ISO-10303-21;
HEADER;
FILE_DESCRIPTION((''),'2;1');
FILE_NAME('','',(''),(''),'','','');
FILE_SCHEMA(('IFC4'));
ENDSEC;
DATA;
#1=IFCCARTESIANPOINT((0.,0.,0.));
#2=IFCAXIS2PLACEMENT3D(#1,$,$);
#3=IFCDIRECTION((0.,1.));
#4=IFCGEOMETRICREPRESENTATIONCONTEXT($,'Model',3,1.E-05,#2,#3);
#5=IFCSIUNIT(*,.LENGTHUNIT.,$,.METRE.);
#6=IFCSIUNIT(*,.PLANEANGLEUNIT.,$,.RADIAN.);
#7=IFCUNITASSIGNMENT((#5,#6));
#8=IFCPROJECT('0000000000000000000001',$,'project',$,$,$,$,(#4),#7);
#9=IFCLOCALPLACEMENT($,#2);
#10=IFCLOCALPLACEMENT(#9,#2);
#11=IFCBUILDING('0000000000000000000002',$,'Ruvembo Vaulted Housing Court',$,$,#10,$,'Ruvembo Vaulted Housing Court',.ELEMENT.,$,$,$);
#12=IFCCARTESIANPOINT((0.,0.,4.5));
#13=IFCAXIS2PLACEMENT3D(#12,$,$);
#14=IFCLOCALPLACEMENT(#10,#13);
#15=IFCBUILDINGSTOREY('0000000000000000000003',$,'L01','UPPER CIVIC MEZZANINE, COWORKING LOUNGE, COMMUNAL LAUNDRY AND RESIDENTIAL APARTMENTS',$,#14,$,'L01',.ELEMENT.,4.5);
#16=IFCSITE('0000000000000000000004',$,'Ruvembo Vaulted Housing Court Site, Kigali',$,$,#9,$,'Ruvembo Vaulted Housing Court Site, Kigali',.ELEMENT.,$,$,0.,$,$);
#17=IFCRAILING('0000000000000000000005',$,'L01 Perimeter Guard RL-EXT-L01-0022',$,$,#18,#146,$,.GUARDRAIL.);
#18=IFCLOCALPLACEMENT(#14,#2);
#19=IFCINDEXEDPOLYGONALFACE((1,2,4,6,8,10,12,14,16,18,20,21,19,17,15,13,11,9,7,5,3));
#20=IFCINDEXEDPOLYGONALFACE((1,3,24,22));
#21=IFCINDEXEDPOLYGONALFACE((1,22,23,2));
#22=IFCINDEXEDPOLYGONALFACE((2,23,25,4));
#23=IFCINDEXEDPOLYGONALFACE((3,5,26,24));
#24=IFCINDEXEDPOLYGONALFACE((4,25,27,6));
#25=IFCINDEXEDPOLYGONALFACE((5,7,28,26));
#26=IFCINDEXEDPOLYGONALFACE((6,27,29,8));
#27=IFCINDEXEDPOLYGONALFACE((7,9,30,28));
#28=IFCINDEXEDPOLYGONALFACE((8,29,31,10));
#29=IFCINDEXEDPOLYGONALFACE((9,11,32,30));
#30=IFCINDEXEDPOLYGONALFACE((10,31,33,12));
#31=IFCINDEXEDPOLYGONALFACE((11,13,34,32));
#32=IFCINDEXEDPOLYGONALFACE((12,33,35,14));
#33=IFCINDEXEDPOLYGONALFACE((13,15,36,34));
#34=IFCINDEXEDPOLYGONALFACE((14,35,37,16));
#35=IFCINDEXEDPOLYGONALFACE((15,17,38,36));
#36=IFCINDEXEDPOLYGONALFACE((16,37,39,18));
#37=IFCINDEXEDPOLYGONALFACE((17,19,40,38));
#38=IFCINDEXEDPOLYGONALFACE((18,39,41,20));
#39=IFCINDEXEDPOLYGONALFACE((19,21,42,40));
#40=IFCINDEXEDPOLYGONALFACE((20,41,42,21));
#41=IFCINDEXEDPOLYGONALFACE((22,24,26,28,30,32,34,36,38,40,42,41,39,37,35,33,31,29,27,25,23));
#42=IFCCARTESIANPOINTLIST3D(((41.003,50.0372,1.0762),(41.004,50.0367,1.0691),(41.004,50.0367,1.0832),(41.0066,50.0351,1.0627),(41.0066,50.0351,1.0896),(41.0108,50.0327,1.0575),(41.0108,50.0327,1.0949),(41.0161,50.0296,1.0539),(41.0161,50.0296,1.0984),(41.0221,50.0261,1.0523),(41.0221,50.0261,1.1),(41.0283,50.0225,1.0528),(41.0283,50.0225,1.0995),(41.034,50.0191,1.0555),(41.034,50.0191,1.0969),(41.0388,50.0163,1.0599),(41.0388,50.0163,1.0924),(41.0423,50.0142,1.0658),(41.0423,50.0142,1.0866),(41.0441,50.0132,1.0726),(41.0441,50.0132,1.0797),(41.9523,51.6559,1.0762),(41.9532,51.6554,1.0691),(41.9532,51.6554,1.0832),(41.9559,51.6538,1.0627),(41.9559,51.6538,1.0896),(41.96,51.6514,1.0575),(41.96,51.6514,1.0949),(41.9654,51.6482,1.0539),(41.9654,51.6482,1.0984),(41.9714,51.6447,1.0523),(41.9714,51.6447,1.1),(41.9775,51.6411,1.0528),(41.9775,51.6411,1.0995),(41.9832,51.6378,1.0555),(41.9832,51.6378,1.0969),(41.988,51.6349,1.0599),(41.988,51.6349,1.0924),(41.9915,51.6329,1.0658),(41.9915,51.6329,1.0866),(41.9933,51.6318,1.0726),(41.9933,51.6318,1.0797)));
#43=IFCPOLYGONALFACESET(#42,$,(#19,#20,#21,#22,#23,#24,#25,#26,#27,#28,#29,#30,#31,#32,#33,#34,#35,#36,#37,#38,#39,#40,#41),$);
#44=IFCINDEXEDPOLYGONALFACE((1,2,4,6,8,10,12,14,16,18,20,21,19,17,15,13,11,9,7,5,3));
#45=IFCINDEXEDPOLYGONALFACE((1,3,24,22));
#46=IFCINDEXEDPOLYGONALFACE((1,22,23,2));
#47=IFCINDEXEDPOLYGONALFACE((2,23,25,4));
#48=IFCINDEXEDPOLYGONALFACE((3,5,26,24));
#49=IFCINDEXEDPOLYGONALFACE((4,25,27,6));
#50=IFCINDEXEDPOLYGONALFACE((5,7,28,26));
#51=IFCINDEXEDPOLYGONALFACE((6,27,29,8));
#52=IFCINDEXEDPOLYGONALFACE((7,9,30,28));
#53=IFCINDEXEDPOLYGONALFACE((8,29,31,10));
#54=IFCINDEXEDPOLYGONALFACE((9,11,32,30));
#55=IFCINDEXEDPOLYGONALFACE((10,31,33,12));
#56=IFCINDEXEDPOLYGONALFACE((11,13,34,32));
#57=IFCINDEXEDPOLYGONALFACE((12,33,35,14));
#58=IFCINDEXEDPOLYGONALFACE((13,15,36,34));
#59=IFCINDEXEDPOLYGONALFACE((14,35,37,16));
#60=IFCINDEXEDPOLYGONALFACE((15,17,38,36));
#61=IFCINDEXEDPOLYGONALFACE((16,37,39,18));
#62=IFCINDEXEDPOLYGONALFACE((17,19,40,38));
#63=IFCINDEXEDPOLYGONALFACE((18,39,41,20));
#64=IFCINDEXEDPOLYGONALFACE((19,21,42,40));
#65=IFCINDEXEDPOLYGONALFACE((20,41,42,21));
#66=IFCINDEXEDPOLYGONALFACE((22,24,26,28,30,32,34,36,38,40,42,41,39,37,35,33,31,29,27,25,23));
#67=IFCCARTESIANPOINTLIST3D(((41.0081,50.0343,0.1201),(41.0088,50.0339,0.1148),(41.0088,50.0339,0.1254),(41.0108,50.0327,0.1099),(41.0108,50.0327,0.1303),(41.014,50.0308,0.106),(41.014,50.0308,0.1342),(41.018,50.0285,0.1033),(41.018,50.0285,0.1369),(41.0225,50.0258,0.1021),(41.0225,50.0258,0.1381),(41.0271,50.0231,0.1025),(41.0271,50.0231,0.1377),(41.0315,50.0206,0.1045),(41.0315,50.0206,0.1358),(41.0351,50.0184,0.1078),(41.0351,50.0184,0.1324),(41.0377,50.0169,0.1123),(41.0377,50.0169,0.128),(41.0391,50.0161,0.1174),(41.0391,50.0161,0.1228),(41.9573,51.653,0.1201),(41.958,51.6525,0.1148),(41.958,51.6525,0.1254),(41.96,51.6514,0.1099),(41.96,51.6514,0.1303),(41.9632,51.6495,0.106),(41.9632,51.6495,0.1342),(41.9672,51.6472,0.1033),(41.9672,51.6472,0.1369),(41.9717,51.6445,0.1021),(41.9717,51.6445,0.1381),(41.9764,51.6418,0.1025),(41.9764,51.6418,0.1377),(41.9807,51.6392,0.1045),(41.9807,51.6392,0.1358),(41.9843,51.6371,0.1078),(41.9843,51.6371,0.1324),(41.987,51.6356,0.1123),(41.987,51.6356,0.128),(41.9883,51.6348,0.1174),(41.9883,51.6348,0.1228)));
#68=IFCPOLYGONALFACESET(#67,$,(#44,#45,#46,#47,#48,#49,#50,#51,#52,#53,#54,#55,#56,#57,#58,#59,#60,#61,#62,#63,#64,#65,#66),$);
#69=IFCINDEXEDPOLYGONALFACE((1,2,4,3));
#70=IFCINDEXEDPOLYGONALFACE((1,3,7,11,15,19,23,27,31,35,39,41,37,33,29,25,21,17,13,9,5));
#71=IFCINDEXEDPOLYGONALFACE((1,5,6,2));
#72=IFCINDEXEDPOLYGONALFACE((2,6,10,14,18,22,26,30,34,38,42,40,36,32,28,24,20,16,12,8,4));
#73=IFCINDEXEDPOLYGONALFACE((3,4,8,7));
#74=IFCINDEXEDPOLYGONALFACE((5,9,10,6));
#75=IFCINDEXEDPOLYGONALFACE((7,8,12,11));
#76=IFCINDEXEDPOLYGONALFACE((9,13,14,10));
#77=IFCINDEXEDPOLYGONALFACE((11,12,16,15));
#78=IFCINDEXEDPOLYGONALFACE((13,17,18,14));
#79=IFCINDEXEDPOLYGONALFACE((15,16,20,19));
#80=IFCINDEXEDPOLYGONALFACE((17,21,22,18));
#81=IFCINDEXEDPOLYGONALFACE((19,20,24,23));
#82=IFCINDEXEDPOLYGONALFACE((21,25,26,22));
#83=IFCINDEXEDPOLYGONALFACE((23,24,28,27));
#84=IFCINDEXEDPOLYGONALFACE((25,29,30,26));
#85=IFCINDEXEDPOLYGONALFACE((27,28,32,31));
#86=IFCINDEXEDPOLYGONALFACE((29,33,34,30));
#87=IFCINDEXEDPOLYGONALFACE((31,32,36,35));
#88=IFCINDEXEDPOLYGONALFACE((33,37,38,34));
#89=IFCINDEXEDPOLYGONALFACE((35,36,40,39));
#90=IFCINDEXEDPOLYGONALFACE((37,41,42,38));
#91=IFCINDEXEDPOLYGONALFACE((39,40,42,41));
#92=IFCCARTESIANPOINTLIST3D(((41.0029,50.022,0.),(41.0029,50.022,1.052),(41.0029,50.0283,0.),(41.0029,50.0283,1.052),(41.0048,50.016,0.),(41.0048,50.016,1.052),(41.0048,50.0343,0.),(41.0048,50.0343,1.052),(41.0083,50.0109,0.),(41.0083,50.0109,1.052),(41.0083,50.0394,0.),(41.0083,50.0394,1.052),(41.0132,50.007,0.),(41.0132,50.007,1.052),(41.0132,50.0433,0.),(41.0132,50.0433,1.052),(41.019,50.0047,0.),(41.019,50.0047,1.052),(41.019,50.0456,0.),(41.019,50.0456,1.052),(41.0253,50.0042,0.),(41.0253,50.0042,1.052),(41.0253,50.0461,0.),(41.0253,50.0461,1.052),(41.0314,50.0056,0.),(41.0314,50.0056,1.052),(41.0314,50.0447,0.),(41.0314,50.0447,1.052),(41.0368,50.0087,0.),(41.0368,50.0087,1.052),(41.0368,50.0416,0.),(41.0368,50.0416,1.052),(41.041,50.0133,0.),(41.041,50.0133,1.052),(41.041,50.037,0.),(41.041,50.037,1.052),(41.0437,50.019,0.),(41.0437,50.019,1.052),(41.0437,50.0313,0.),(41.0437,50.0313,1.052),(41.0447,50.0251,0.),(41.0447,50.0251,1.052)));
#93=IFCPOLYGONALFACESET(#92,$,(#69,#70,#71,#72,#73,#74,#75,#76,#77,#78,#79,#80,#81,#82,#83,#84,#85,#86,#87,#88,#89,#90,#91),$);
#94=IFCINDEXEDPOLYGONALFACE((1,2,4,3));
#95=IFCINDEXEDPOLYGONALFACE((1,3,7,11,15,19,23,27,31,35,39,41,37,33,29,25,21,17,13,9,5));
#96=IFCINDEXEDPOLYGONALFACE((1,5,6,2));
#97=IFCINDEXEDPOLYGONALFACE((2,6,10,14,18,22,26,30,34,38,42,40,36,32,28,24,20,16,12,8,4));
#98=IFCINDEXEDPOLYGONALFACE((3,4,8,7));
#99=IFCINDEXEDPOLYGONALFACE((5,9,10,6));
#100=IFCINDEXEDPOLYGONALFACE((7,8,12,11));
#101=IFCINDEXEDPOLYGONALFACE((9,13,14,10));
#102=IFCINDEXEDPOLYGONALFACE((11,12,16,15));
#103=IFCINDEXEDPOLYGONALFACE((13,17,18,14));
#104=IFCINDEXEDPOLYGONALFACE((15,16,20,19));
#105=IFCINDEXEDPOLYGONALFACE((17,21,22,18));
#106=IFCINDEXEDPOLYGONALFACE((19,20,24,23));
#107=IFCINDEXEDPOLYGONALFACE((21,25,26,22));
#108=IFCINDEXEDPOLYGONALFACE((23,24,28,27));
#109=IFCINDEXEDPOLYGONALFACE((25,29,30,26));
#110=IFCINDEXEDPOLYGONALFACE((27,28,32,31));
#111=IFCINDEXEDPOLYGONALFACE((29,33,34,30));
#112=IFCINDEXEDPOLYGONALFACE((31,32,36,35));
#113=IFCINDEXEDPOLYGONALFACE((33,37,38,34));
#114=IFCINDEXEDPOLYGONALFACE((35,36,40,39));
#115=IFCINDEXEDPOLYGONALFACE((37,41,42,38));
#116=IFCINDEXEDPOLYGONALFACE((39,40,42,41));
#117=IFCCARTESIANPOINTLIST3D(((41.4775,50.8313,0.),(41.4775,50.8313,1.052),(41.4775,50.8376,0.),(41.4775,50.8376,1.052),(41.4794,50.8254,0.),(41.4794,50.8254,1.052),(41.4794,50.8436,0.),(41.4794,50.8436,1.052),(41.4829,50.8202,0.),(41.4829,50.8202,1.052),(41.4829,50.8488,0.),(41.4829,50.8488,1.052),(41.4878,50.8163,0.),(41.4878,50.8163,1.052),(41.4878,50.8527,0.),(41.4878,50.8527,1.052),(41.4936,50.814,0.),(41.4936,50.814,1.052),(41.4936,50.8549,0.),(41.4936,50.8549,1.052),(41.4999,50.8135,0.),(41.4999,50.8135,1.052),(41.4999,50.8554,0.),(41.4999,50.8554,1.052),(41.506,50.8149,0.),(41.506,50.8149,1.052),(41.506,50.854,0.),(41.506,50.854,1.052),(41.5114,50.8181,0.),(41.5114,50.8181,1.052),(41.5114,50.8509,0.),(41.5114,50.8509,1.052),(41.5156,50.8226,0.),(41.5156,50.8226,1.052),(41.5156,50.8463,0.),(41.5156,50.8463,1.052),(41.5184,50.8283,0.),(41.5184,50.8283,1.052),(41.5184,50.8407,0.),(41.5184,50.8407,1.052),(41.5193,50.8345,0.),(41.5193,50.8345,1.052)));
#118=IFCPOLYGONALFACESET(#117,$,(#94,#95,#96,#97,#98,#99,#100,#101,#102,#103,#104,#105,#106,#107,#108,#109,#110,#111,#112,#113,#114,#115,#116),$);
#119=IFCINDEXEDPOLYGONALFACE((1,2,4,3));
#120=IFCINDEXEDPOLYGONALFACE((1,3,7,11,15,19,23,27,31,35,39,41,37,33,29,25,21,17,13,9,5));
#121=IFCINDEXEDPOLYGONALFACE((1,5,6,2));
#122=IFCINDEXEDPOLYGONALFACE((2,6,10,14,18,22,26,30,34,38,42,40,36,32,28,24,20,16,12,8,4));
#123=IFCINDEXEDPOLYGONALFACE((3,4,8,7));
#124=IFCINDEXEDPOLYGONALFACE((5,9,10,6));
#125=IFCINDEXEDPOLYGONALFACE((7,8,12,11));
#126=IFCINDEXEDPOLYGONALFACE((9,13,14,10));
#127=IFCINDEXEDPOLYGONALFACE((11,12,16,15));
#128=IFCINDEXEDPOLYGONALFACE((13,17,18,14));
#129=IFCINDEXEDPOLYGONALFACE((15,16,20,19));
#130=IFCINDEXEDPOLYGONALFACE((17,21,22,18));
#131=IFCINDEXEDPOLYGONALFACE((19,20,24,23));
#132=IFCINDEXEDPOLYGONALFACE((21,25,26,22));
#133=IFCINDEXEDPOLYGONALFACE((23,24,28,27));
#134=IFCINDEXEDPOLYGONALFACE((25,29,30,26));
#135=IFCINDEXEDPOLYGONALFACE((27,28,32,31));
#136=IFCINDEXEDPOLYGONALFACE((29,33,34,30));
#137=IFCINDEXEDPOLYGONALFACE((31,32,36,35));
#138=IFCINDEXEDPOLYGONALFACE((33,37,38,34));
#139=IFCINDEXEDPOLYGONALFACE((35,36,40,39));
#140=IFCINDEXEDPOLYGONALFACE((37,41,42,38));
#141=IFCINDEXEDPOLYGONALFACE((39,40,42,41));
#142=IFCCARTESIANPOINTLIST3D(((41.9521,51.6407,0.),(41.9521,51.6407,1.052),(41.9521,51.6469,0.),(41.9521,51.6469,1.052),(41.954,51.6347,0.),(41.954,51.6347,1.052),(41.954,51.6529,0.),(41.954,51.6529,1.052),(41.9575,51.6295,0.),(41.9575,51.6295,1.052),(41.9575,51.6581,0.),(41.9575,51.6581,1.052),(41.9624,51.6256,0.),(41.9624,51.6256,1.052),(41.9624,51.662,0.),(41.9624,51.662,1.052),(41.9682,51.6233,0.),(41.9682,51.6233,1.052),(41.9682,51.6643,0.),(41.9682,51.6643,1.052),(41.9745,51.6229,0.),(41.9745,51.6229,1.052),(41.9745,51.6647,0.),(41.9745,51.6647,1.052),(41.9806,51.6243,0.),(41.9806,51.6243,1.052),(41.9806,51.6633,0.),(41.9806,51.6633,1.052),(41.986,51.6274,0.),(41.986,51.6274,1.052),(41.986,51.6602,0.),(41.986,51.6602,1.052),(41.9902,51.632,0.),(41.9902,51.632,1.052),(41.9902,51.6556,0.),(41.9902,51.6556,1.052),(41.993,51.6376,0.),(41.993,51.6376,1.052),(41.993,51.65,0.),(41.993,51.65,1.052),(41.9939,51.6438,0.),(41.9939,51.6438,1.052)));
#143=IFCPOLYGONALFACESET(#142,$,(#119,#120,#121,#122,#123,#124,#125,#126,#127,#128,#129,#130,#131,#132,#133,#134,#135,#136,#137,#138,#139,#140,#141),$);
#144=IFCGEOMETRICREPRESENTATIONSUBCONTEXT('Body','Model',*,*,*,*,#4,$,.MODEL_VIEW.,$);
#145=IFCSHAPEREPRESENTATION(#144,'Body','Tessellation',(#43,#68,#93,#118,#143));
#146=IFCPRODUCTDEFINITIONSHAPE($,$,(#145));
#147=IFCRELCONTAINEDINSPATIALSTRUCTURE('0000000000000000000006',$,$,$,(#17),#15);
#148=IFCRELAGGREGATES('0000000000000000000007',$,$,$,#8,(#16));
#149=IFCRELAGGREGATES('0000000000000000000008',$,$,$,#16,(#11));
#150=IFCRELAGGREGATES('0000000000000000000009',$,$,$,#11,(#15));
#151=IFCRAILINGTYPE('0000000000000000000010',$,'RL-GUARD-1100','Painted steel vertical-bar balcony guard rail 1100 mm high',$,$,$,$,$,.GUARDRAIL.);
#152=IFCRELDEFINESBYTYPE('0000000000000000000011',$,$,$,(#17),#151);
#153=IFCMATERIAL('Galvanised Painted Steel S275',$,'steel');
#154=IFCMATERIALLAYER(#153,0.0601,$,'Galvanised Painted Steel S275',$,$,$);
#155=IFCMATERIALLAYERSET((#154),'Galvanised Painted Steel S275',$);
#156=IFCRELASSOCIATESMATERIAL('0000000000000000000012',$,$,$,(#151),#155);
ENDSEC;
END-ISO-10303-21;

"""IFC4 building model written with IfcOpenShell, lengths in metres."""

from ifc_helpers import new_model, si_unit, direction, frame, origin, origin_2d, place, context, subcontext, project, spatial, circle, extrude, material, layer, layer_set, type_object, element, save


model = new_model("IFC4")

# Units and contexts
model_context = context("Model", 3, precision=1e-05, world=origin(), true_north=direction((0.0, 1.0)))
body_context = subcontext(model_context, "Body", "Model", "MODEL_VIEW")
ifc_project = project(units=[si_unit("LENGTHUNIT", "METRE"), si_unit("PLANEANGLEUNIT", "RADIAN")], contexts=[model_context])

# Site, building, storey
site_placement = place(None, origin())
site = spatial("IfcSite", under=ifc_project, at=site_placement, Name="Ruvembo Vaulted Housing Court Site, Kigali", LongName="Ruvembo Vaulted Housing Court Site, Kigali", CompositionType="ELEMENT", RefElevation=0.0)
building_placement = place(site_placement, origin())
building = spatial("IfcBuilding", under=site, at=building_placement, Name="Ruvembo Vaulted Housing Court", LongName="Ruvembo Vaulted Housing Court", CompositionType="ELEMENT")
storey_placement = place(building_placement, frame((0.0, 0.0, 4.5)))
storey = spatial("IfcBuildingStorey", under=building, at=storey_placement, Name="L01", Description="UPPER CIVIC MEZZANINE, COWORKING LOUNGE, COMMUNAL LAUNDRY AND RESIDENTIAL APARTMENTS", LongName="L01", CompositionType="ELEMENT", Elevation=4.5)

# Railing
ifc_material_1 = material(Name="Galvanised Painted Steel S275", Category="steel")
ifc_layer_1 = layer(ifc_material_1, 0.0601, Name="Galvanised Painted Steel S275")
ifc_layer_set_1 = layer_set([ifc_layer_1], Name="Galvanised Painted Steel S275")
railing_type = type_object("IfcRailingType", Name="RL-GUARD-1100", Description="Painted steel vertical-bar balcony guard rail 1100 mm high", PredefinedType="GUARDRAIL", material=ifc_layer_set_1)
railing_1_placement = place(storey_placement, frame((41.0237, 50.0251, 0.0)))
element("IfcRailing", 1, at=railing_1_placement, inside=storey, type_object=railing_type, Name="L01 Perimeter Guard RL-EXT-L01-0022", PredefinedType="GUARDRAIL", context=body_context, shape_type="SweptSolid", body=[
    extrude(circle(Radius=0.0239, at=origin_2d()), frame((0.0, 0.0, 1.0762), z_axis=(0.50586, 0.862616, 0.0), x_axis=(-0.862616, 0.50586, 0.0)), (0.0, 0.0, 1.0), 1.8765),
    extrude(circle(Radius=0.0181, at=origin_2d()), frame((0.0, 0.0, 0.1201), z_axis=(0.50586, 0.862616, 0.0), x_axis=(-0.862616, 0.50586, 0.0)), (0.0, 0.0, 1.0), 1.8765),
    extrude(circle(Radius=0.021, at=origin_2d()), origin(), (0.0, 0.0, 1.0), 1.052),
    extrude(circle(Radius=0.021, at=origin_2d()), frame((0.4746, 0.8093, 0.0)), (0.0, 0.0, 1.0), 1.052),
    extrude(circle(Radius=0.021, at=origin_2d()), frame((0.9492, 1.6187, 0.0)), (0.0, 0.0, 1.0), 1.052),
])

save(model, "model.ifc")
